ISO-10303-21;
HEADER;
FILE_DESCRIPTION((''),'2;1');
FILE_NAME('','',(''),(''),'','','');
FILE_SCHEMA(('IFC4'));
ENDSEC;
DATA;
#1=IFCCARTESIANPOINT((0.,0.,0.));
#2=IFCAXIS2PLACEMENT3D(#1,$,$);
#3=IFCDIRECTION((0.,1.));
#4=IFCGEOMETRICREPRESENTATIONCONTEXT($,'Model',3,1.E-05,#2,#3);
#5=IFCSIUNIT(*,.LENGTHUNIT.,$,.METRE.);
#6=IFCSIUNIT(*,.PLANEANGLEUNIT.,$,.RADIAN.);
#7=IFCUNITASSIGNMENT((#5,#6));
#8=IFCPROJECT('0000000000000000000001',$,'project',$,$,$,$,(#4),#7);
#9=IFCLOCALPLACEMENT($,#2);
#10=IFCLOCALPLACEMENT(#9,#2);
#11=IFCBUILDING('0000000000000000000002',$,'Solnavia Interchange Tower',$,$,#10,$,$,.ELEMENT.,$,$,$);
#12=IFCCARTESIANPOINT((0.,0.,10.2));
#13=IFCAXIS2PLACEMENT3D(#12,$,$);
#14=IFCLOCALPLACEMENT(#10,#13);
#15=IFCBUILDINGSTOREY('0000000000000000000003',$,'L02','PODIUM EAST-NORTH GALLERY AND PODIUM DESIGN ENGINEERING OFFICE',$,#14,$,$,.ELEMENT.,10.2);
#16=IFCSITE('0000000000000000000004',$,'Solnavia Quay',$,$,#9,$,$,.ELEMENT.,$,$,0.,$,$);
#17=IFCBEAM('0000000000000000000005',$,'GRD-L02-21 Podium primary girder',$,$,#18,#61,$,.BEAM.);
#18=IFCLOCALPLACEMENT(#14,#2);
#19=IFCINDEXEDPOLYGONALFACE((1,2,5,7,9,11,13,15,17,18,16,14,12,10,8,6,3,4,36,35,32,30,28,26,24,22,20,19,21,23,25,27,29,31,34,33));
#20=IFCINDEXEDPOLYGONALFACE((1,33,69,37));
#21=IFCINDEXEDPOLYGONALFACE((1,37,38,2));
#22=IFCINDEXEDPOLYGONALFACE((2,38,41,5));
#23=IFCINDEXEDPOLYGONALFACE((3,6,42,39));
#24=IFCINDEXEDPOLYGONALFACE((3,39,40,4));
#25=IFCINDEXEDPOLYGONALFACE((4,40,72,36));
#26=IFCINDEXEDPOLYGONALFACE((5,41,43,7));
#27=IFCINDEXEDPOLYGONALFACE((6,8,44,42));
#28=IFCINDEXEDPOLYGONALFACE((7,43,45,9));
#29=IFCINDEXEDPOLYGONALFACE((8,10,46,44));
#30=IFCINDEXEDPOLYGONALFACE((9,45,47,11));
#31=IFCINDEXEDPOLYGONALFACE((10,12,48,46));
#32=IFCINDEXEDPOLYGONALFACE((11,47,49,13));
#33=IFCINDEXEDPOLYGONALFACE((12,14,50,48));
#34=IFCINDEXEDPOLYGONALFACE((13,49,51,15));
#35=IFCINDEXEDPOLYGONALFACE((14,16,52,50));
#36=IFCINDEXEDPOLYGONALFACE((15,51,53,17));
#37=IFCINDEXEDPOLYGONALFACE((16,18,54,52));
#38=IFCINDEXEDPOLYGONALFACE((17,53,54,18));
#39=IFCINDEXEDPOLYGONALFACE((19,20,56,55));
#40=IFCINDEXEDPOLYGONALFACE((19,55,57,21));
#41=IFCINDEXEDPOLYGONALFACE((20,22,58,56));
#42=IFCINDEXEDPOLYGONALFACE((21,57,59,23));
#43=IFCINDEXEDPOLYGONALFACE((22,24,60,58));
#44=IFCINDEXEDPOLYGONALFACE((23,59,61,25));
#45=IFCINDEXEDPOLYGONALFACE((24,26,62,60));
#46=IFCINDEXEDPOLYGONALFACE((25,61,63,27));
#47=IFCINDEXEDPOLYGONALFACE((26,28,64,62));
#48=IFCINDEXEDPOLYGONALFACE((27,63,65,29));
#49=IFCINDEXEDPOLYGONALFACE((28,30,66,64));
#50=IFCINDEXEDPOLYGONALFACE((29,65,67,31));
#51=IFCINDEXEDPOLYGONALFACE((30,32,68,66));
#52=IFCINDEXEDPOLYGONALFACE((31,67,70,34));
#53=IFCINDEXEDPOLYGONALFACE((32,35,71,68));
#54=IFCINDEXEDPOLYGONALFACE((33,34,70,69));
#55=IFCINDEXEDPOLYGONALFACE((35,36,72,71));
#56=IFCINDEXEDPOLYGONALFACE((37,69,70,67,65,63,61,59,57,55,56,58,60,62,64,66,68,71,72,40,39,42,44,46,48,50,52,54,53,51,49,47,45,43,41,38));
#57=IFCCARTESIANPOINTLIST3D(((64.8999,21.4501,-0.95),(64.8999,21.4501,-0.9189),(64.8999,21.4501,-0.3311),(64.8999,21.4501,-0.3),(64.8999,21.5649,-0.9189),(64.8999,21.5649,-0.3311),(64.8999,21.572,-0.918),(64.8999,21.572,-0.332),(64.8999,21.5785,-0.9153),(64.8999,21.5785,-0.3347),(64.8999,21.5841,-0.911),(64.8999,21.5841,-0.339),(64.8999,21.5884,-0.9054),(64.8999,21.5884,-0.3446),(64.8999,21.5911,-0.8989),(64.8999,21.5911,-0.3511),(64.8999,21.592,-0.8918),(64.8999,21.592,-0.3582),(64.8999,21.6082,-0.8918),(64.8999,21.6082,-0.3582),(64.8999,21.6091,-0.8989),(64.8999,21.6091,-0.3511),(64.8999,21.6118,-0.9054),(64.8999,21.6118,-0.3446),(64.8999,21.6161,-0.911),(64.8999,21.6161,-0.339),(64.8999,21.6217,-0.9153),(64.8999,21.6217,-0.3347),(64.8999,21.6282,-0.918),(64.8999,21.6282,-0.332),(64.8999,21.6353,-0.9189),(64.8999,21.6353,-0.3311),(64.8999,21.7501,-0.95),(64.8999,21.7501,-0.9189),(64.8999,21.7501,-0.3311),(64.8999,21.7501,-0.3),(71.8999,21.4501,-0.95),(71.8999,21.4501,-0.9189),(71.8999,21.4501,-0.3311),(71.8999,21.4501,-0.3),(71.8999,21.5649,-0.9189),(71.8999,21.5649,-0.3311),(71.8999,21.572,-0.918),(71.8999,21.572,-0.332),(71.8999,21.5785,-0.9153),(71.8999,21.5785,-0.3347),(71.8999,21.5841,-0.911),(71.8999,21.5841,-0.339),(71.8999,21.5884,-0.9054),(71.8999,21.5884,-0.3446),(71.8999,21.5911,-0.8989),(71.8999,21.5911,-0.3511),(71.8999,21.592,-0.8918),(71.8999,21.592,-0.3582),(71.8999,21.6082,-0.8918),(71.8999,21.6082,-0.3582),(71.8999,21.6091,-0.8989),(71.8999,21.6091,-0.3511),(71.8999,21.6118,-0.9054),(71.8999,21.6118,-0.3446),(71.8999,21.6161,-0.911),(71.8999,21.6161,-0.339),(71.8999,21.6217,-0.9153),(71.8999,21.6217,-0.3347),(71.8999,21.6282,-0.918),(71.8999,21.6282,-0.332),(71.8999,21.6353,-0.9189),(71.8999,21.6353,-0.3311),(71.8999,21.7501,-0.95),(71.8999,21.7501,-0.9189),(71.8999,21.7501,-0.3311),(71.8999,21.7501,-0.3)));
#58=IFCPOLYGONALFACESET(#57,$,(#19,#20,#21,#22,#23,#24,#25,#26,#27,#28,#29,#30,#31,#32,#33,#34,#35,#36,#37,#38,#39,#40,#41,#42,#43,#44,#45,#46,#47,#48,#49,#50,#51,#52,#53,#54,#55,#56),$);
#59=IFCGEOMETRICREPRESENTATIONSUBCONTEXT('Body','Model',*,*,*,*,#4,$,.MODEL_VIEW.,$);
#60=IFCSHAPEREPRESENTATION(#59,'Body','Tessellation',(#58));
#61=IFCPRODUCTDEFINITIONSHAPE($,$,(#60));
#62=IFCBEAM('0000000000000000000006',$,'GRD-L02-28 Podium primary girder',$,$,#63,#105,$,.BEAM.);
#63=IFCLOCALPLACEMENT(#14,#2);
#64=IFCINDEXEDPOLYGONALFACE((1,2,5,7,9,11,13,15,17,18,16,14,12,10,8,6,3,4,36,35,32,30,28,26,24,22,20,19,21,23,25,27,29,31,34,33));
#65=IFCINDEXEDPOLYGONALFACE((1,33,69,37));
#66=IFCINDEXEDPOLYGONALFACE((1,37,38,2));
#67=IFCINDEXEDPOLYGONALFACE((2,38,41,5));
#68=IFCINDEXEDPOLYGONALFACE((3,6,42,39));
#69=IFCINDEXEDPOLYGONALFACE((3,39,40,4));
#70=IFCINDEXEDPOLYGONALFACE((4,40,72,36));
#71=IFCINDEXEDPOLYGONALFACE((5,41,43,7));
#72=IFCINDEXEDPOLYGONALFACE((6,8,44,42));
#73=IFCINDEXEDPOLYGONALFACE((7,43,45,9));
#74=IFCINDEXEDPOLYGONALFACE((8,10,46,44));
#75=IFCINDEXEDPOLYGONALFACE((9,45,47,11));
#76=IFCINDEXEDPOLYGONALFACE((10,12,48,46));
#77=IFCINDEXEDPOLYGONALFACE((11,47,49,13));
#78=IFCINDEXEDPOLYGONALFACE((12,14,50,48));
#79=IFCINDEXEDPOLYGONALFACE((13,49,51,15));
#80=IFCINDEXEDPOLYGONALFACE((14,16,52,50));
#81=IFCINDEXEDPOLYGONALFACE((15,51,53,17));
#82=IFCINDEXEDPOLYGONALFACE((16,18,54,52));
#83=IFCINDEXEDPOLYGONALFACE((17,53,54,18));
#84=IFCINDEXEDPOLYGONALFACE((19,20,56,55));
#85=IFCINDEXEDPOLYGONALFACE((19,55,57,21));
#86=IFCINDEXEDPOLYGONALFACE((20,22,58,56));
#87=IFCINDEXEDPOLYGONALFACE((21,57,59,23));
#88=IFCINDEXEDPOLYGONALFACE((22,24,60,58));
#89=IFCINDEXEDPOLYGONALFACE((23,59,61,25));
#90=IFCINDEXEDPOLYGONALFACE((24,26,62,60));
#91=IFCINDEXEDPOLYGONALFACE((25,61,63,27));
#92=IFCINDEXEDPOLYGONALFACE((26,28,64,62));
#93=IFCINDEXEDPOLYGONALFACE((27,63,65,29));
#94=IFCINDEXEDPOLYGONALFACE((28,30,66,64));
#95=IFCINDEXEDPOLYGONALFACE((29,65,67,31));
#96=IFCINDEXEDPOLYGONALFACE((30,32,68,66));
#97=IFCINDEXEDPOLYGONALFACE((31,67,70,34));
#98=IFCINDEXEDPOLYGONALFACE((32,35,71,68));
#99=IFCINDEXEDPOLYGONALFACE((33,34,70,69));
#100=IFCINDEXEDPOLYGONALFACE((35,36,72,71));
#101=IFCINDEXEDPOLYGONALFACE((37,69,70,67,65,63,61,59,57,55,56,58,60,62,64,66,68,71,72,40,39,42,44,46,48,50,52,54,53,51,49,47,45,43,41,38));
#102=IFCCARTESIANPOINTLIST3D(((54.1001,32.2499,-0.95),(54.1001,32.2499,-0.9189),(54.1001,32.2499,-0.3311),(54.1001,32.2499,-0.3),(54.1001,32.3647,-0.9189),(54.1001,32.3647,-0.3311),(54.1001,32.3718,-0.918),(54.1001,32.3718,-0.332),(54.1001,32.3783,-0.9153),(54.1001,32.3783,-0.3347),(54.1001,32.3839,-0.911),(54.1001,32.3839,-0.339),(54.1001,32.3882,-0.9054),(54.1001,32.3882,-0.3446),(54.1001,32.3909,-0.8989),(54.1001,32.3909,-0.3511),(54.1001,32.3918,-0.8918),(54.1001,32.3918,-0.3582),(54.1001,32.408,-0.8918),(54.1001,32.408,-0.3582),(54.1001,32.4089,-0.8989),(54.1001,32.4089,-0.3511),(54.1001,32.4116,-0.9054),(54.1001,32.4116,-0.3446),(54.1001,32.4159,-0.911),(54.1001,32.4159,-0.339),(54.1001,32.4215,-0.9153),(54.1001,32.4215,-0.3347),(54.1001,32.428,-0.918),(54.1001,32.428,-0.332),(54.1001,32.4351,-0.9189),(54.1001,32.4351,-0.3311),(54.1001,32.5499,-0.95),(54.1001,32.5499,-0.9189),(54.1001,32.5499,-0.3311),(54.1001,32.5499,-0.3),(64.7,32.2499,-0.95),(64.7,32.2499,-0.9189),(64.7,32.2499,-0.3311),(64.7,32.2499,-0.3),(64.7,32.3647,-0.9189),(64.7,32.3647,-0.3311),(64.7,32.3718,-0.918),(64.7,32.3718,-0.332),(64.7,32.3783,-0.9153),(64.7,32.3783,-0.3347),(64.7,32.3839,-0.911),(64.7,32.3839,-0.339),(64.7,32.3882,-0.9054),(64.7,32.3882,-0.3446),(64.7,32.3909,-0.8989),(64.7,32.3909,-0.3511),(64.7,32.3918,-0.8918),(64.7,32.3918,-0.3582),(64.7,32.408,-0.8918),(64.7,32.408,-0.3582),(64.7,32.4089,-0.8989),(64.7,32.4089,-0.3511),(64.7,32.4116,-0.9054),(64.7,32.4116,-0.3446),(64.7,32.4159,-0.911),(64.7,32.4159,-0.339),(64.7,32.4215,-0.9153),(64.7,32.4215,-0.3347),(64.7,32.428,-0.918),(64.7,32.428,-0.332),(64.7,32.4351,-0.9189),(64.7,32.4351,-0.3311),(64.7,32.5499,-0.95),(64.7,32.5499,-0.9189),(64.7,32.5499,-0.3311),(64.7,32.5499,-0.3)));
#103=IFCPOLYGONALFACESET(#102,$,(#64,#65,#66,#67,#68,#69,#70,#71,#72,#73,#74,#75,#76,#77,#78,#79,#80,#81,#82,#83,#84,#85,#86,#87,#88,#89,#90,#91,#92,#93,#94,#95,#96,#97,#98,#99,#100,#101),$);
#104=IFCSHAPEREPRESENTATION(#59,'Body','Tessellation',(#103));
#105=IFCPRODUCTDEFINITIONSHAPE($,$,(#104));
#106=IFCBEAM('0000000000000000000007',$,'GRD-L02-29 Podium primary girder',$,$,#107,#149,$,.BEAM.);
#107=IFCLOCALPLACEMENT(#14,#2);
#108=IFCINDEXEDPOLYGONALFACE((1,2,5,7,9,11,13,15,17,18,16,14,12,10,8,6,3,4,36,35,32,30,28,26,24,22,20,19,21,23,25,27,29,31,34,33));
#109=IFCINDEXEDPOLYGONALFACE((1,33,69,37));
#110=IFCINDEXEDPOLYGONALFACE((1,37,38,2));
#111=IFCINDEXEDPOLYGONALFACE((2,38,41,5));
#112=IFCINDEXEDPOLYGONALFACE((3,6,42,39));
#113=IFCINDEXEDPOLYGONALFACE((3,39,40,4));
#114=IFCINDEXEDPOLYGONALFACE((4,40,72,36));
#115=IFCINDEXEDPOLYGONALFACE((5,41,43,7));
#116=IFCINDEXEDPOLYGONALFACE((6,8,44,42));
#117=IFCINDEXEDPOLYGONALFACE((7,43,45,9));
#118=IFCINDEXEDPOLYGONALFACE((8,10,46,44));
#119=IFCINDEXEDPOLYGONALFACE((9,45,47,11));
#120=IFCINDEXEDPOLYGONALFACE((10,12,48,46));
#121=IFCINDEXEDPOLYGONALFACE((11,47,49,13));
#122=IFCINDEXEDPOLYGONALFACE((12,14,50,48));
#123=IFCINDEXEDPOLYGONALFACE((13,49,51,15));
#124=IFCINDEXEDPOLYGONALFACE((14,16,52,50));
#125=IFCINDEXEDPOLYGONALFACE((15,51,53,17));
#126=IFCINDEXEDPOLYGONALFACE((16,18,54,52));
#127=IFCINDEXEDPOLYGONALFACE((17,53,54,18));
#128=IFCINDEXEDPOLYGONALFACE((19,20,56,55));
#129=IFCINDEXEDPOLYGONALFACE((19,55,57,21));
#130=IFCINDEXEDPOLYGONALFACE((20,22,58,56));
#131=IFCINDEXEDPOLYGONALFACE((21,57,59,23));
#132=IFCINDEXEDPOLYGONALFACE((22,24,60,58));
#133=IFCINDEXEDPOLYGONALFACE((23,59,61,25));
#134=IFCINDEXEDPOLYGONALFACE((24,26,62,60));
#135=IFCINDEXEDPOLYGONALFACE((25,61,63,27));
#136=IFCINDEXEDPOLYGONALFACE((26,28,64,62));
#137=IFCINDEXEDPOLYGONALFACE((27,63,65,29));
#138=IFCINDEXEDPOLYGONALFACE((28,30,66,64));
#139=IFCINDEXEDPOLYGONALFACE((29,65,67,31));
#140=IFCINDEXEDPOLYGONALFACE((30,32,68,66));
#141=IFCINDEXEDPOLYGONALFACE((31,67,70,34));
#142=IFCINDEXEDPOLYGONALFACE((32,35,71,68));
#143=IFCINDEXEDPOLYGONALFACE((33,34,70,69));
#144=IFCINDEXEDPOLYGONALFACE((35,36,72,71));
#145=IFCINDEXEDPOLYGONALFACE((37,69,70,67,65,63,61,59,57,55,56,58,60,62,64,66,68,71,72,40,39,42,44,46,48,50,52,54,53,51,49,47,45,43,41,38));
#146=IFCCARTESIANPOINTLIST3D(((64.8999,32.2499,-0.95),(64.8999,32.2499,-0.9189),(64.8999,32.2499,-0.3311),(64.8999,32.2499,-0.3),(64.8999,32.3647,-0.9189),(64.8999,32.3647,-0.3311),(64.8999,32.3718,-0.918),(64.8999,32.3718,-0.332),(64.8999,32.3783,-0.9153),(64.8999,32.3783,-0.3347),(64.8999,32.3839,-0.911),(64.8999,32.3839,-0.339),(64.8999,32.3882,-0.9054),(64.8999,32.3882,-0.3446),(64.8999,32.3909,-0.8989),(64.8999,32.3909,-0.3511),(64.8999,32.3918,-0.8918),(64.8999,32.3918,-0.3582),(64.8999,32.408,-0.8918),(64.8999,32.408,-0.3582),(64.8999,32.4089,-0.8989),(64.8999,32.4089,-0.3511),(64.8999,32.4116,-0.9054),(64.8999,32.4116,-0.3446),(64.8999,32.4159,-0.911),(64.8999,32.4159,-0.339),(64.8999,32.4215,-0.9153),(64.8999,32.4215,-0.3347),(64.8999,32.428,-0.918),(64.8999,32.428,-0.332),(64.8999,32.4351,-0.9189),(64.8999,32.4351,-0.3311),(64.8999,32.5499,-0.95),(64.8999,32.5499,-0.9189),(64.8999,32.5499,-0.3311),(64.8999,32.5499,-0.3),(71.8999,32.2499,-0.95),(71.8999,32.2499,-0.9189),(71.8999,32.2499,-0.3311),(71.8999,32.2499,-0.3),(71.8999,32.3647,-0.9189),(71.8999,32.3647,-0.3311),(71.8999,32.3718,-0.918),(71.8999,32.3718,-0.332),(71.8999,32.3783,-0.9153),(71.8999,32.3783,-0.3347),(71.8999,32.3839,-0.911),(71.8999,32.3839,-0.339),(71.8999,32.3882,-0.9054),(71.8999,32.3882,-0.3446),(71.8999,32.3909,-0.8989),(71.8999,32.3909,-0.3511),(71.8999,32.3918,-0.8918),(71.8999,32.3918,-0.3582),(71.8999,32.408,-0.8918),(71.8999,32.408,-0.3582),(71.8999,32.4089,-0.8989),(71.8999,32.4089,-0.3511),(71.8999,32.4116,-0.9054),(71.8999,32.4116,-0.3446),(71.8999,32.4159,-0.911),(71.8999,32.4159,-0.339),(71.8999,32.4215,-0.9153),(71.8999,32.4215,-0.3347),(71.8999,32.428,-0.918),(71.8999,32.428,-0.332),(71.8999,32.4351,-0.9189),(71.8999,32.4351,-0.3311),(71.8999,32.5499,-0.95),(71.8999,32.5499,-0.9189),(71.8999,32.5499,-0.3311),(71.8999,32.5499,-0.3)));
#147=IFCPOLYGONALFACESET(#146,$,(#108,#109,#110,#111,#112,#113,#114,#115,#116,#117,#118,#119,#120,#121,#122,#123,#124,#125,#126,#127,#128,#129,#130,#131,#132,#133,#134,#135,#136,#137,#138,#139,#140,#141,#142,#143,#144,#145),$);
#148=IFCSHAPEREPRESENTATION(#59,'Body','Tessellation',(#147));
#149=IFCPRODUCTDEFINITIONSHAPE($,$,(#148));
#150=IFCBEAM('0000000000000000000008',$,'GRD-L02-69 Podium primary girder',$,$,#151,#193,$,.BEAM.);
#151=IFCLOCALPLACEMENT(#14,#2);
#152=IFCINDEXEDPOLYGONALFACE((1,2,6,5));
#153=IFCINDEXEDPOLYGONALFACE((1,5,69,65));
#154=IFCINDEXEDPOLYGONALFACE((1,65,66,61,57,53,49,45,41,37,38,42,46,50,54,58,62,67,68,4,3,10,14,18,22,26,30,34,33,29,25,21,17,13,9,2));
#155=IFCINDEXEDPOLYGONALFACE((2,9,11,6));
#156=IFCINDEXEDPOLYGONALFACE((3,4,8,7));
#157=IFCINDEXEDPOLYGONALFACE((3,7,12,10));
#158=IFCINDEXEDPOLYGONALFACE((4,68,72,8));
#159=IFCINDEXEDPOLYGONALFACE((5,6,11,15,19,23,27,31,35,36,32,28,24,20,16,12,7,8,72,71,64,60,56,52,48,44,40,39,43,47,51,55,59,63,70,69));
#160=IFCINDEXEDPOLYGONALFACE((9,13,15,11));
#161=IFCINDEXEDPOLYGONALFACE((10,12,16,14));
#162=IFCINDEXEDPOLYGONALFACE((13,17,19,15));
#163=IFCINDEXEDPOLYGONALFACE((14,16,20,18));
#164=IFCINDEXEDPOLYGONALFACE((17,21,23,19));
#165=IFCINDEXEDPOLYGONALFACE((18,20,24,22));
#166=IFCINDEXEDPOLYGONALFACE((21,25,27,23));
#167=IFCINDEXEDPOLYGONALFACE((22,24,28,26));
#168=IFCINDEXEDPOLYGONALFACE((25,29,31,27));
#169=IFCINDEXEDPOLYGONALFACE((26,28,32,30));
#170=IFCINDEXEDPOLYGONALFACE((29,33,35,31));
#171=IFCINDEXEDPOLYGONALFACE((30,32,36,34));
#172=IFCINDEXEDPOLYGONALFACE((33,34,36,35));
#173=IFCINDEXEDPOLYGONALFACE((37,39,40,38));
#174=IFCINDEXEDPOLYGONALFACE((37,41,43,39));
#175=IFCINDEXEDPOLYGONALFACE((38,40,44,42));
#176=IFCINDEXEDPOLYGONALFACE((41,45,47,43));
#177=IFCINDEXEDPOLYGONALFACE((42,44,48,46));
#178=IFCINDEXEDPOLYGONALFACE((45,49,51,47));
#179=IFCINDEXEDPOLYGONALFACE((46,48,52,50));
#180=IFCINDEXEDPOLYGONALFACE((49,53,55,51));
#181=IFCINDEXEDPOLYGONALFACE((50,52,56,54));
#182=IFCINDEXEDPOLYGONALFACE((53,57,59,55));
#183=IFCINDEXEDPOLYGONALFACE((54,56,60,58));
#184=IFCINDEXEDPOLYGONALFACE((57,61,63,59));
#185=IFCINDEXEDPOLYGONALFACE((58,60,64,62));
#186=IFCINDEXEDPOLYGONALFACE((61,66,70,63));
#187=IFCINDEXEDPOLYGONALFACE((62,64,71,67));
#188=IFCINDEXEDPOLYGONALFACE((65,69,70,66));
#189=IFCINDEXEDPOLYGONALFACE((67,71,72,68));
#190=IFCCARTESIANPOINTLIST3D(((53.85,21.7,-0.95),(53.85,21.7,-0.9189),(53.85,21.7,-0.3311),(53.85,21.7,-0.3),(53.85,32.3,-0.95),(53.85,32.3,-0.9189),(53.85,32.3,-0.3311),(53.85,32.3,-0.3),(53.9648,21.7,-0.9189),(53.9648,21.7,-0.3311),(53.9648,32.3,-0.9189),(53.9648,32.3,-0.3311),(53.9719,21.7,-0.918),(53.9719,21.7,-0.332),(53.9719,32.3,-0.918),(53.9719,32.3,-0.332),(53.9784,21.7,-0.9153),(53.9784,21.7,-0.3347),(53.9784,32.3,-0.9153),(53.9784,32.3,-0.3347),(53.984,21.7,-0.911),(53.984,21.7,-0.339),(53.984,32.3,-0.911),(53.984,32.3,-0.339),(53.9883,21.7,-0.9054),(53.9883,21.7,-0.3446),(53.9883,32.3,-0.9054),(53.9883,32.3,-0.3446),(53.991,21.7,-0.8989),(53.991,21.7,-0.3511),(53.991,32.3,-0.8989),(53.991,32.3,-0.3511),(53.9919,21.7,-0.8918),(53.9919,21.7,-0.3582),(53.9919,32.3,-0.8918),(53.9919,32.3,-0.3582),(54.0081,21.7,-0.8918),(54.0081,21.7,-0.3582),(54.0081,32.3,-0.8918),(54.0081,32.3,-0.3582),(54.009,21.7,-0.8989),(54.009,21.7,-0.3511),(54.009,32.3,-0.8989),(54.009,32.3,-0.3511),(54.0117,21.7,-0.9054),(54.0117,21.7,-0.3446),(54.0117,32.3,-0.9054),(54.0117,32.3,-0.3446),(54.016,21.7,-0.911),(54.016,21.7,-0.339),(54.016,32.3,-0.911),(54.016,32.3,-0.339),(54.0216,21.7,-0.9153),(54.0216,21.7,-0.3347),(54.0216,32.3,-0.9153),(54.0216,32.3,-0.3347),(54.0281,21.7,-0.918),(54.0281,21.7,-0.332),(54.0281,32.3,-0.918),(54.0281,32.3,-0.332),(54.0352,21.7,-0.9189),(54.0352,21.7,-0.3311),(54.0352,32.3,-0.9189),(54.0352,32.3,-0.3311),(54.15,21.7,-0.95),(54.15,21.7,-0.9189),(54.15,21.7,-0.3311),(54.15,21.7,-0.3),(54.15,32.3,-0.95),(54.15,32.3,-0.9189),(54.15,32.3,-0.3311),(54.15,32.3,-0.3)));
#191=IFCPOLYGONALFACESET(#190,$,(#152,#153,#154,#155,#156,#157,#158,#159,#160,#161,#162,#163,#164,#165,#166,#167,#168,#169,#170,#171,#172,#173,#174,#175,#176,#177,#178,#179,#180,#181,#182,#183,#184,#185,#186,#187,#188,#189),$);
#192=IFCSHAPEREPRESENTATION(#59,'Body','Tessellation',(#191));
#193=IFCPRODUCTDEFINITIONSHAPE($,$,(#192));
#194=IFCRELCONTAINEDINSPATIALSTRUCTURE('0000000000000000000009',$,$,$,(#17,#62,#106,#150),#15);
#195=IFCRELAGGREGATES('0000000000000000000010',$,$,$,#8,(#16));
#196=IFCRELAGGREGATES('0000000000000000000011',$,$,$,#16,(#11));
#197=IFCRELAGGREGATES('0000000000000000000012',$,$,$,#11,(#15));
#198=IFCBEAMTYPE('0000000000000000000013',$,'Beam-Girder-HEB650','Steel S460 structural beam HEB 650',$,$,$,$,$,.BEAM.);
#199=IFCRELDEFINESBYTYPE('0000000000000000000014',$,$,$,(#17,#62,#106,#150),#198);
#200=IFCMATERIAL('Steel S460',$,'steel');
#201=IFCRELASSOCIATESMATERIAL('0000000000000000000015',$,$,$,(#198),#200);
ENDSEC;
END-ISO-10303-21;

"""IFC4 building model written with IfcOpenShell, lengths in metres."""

from ifc_helpers import new_model, si_unit, direction, frame, origin, origin_2d, place, context, subcontext, project, spatial, i_section, extrude, material, material_profile, profile_set, type_object, element, save


model = new_model("IFC4")

# Units and contexts
model_context = context("Model", 3, precision=1e-05, world=origin(), true_north=direction((0.0, 1.0)))
body_context = subcontext(model_context, "Body", "Model", "MODEL_VIEW")
ifc_project = project(units=[si_unit("LENGTHUNIT", "METRE"), si_unit("PLANEANGLEUNIT", "RADIAN")], contexts=[model_context])

# Site, building, storey
site_placement = place(None, origin())
site = spatial("IfcSite", under=ifc_project, at=site_placement, Name="Solnavia Quay", CompositionType="ELEMENT", RefElevation=0.0)
building_placement = place(site_placement, origin())
building = spatial("IfcBuilding", under=site, at=building_placement, Name="Solnavia Interchange Tower", CompositionType="ELEMENT")
storey_placement = place(building_placement, frame((0.0, 0.0, 10.2)))
storey = spatial("IfcBuildingStorey", under=building, at=storey_placement, Name="L02", Description="PODIUM EAST-NORTH GALLERY AND PODIUM DESIGN ENGINEERING OFFICE", CompositionType="ELEMENT", Elevation=10.2)

# Beams
ifc_material_1 = material(Name="Steel S460", Category="steel")
ifc_material_profile_1 = material_profile(ifc_material_1, i_section(OverallWidth=0.3, OverallDepth=0.6499, WebThickness=0.0161, FlangeThickness=0.031, FilletRadius=0.0271, at=origin_2d()), Name="HEB 650")
ifc_profile_set_1 = profile_set([ifc_material_profile_1], Name="Steel S460")
beam_type_1 = type_object("IfcBeamType", Name="Beam-Girder-HEB650", Description="Steel S460 structural beam HEB 650", PredefinedType="BEAM", material=ifc_profile_set_1)
beam_1_placement = place(storey_placement, frame((64.8999, 21.6001, -0.625), z_axis=(1.0, 0.0, 0.0), x_axis=(0.0, 1.0, 0.0)))
element("IfcBeam", 1, at=beam_1_placement, inside=storey, type_object=beam_type_1, Name="GRD-L02-21 Podium primary girder", PredefinedType="BEAM", context=body_context, shape_type="SweptSolid", body=[
    extrude(i_section(OverallWidth=0.3, OverallDepth=0.6499, WebThickness=0.0161, FlangeThickness=0.031, FilletRadius=0.0271, at=origin_2d()), origin(), (0.0, 0.0, 1.0), 7.0),
])
beam_2_placement = place(storey_placement, frame((54.1001, 32.3999, -0.625), z_axis=(1.0, 0.0, 0.0), x_axis=(0.0, 1.0, 0.0)))
element("IfcBeam", 2, at=beam_2_placement, inside=storey, type_object=beam_type_1, Name="GRD-L02-28 Podium primary girder", PredefinedType="BEAM", context=body_context, shape_type="SweptSolid", body=[
    extrude(i_section(OverallWidth=0.3, OverallDepth=0.6499, WebThickness=0.0161, FlangeThickness=0.031, FilletRadius=0.0271, at=origin_2d()), origin(), (0.0, 0.0, 1.0), 10.5999),
])
beam_3_placement = place(storey_placement, frame((64.8999, 32.3999, -0.625), z_axis=(1.0, 0.0, 0.0), x_axis=(0.0, 1.0, 0.0)))
element("IfcBeam", 3, at=beam_3_placement, inside=storey, type_object=beam_type_1, Name="GRD-L02-29 Podium primary girder", PredefinedType="BEAM", context=body_context, shape_type="SweptSolid", body=[
    extrude(i_section(OverallWidth=0.3, OverallDepth=0.6499, WebThickness=0.0161, FlangeThickness=0.031, FilletRadius=0.0271, at=origin_2d()), origin(), (0.0, 0.0, 1.0), 7.0),
])
for number, where, z_axis, x_axis, name in (
    (4, (54.0, 21.7, -0.625), (0.0, 1.0, 0.0), (-1.0, 0.0, 0.0), "GRD-L02-69 Podium primary girder"),
):
    element("IfcBeam", number, at=place(storey_placement, frame(where, z_axis=z_axis, x_axis=x_axis)), inside=storey, type_object=beam_type_1, Name=name, PredefinedType="BEAM", context=body_context, shape_type="SweptSolid", body=[
        extrude(i_section(OverallWidth=0.3, OverallDepth=0.6499, WebThickness=0.0161, FlangeThickness=0.031, FilletRadius=0.0271, at=origin_2d()), origin(), (0.0, 0.0, 1.0), 10.6001),
    ])

save(model, "model.ifc")
